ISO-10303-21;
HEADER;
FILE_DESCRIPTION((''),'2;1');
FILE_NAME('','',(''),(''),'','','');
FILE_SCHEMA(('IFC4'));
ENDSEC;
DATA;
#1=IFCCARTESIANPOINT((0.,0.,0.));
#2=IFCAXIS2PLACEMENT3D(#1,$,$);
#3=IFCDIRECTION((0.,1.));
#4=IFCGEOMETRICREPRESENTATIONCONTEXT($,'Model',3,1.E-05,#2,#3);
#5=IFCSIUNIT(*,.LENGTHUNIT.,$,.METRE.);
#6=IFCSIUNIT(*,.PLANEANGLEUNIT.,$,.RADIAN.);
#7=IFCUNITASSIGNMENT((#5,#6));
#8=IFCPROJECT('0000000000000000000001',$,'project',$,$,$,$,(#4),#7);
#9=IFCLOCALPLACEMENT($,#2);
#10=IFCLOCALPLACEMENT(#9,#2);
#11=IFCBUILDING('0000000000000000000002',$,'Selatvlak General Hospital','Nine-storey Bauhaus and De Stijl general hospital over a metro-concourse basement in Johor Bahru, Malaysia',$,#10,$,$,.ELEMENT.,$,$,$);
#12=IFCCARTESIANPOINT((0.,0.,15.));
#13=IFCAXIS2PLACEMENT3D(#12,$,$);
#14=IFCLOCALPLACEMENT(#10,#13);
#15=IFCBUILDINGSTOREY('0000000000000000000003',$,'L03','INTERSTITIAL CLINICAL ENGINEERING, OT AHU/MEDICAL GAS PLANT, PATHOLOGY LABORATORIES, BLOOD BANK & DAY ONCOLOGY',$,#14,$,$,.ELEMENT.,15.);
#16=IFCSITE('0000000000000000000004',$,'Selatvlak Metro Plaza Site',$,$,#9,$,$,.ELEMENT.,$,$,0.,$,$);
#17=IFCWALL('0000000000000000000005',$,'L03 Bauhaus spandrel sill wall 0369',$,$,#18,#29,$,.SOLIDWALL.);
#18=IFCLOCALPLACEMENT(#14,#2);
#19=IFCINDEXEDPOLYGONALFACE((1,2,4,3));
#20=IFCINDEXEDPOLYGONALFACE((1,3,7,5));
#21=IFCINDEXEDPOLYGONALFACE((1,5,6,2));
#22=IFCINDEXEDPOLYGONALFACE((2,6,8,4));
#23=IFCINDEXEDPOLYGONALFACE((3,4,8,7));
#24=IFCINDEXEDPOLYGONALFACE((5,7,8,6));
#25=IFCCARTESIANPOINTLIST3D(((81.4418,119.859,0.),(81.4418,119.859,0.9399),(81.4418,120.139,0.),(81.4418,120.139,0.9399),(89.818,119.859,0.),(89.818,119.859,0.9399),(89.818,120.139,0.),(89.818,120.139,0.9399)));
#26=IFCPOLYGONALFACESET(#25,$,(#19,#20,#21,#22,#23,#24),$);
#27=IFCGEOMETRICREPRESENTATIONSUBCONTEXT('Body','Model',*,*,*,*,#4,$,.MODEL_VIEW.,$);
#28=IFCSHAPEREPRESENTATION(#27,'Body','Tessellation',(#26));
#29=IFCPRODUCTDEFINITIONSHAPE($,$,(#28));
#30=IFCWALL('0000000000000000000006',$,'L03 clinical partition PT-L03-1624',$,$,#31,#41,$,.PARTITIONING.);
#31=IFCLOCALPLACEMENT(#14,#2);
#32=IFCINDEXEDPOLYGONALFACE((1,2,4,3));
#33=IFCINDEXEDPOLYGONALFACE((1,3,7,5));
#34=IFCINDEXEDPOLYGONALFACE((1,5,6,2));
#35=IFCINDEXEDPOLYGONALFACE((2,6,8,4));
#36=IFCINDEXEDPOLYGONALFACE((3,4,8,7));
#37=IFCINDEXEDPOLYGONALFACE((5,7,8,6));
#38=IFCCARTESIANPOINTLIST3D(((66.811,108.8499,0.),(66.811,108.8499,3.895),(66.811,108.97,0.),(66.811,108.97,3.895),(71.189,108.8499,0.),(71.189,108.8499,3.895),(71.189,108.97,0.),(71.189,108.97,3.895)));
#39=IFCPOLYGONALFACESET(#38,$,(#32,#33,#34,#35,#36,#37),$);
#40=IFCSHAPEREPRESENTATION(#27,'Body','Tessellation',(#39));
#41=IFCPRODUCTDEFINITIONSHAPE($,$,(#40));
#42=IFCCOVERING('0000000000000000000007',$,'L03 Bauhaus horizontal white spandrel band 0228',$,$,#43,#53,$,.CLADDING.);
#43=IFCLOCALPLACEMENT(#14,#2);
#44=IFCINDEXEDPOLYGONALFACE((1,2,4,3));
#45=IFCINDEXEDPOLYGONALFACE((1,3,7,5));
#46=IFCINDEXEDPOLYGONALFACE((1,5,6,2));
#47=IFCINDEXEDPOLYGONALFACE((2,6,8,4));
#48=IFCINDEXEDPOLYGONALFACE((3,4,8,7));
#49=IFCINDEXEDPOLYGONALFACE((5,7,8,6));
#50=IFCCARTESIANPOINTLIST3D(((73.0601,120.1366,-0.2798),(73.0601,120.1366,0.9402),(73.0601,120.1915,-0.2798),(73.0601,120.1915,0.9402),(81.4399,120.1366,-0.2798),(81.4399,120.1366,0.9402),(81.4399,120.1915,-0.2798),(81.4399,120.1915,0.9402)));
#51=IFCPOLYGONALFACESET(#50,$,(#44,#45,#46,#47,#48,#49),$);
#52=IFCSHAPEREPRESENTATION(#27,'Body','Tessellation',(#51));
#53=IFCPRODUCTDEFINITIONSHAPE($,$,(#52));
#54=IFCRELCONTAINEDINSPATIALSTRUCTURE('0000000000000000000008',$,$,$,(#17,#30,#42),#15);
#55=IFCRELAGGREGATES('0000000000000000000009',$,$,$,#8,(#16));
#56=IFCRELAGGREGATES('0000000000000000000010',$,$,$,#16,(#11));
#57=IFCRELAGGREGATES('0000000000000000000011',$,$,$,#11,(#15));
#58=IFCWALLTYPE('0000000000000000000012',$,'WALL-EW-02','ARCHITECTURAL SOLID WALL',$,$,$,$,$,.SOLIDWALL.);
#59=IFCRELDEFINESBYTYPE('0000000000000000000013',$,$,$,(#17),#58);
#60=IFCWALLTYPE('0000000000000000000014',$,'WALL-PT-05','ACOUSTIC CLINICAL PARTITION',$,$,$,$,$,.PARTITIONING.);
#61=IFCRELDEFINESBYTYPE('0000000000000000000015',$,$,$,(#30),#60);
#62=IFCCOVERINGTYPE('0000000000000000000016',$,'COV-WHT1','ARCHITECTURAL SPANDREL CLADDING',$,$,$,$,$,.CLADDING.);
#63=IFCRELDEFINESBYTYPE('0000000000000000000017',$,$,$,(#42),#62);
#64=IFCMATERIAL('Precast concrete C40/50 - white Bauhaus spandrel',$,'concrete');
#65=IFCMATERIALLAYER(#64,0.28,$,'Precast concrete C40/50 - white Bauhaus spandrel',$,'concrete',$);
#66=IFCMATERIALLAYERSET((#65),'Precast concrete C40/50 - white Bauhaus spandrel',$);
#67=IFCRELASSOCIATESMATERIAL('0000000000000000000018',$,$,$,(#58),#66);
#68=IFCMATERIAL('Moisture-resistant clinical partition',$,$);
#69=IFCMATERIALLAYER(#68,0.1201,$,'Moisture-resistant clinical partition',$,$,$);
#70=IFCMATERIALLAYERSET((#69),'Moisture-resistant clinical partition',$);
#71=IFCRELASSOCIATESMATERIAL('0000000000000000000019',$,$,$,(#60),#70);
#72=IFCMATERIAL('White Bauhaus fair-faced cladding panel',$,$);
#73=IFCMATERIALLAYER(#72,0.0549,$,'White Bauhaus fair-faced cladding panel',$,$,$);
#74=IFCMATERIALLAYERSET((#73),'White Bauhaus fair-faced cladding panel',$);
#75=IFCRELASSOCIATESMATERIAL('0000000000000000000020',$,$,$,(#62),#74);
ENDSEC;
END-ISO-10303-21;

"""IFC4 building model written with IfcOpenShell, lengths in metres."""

from ifc_helpers import new_model, si_unit, direction, frame, frame_2d, origin, origin_2d, place, context, subcontext, project, spatial, rectangle, extrude, material, layer, layer_set, type_object, element, save


model = new_model("IFC4")

# Units and contexts
model_context = context("Model", 3, precision=1e-05, world=origin(), true_north=direction((0.0, 1.0)))
body_context = subcontext(model_context, "Body", "Model", "MODEL_VIEW")
ifc_project = project(units=[si_unit("LENGTHUNIT", "METRE"), si_unit("PLANEANGLEUNIT", "RADIAN")], contexts=[model_context])

# Site, building, storey
site_placement = place(None, origin())
site = spatial("IfcSite", under=ifc_project, at=site_placement, Name="Selatvlak Metro Plaza Site", CompositionType="ELEMENT", RefElevation=0.0)
building_placement = place(site_placement, origin())
building = spatial("IfcBuilding", under=site, at=building_placement, Name="Selatvlak General Hospital", Description="Nine-storey Bauhaus and De Stijl general hospital over a metro-concourse basement in Johor Bahru, Malaysia", CompositionType="ELEMENT")
storey_placement = place(building_placement, frame((0.0, 0.0, 15.0)))
storey = spatial("IfcBuildingStorey", under=building, at=storey_placement, Name="L03", Description="INTERSTITIAL CLINICAL ENGINEERING, OT AHU/MEDICAL GAS PLANT, PATHOLOGY LABORATORIES, BLOOD BANK & DAY ONCOLOGY", CompositionType="ELEMENT", Elevation=15.0)

# Wall
ifc_material_1 = material(Name="Precast concrete C40/50 - white Bauhaus spandrel", Category="concrete")
ifc_layer_1 = layer(ifc_material_1, 0.28, Name="Precast concrete C40/50 - white Bauhaus spandrel", Category="concrete")
ifc_layer_set_1 = layer_set([ifc_layer_1], Name="Precast concrete C40/50 - white Bauhaus spandrel")
wall_type_1 = type_object("IfcWallType", Name="WALL-EW-02", Description="ARCHITECTURAL SOLID WALL", PredefinedType="SOLIDWALL", material=ifc_layer_set_1)
wall_1_placement = place(storey_placement, frame((81.4419, 119.999, 0.0), z_axis=(0.0, 0.0, 1.0), x_axis=(1.0, 0.0, 0.0)))
element("IfcWall", 1, at=wall_1_placement, inside=storey, type_object=wall_type_1, Name="L03 Bauhaus spandrel sill wall 0369", PredefinedType="SOLIDWALL", context=body_context, shape_type="SweptSolid", body=[
    extrude(rectangle(XDim=8.3762, YDim=0.28, at=frame_2d((4.188, 0.0))), origin(), (0.0, 0.0, 1.0), 0.9399),
])

# Shared definitions
ifc_material_2 = material(Name="Moisture-resistant clinical partition")

# Wall
ifc_layer_2 = layer(ifc_material_2, 0.1201, Name="Moisture-resistant clinical partition")
ifc_layer_set_2 = layer_set([ifc_layer_2], Name="Moisture-resistant clinical partition")
wall_type_2 = type_object("IfcWallType", Name="WALL-PT-05", Description="ACOUSTIC CLINICAL PARTITION", PredefinedType="PARTITIONING", material=ifc_layer_set_2)
wall_2_placement = place(storey_placement, frame((71.189, 108.9099, 0.0), z_axis=(0.0, 0.0, 1.0), x_axis=(-1.0, 0.0, 0.0)))
element("IfcWall", 2, at=wall_2_placement, inside=storey, type_object=wall_type_2, Name="L03 clinical partition PT-L03-1624", PredefinedType="PARTITIONING", context=body_context, shape_type="SweptSolid", body=[
    extrude(rectangle(XDim=4.3779, YDim=0.1201, at=frame_2d((2.189, 0.0))), origin(), (0.0, 0.0, 1.0), 3.895),
])

# Covering
ifc_material_3 = material(Name="White Bauhaus fair-faced cladding panel")
ifc_layer_3 = layer(ifc_material_3, 0.0549, Name="White Bauhaus fair-faced cladding panel")
ifc_layer_set_3 = layer_set([ifc_layer_3], Name="White Bauhaus fair-faced cladding panel")
covering_type = type_object("IfcCoveringType", Name="COV-WHT1", Description="ARCHITECTURAL SPANDREL CLADDING", PredefinedType="CLADDING", material=ifc_layer_set_3)
covering_placement = place(storey_placement, frame((77.25, 120.1641, -0.2798), z_axis=(0.0, 0.0, 1.0), x_axis=(1.0, 0.0, 0.0)))
element("IfcCovering", 3, at=covering_placement, inside=storey, type_object=covering_type, Name="L03 Bauhaus horizontal white spandrel band 0228", PredefinedType="CLADDING", context=body_context, shape_type="SweptSolid", body=[
    extrude(rectangle(XDim=8.3799, YDim=0.0549, at=origin_2d()), origin(), (0.0, 0.0, 1.0), 1.22),
])

save(model, "model.ifc")
